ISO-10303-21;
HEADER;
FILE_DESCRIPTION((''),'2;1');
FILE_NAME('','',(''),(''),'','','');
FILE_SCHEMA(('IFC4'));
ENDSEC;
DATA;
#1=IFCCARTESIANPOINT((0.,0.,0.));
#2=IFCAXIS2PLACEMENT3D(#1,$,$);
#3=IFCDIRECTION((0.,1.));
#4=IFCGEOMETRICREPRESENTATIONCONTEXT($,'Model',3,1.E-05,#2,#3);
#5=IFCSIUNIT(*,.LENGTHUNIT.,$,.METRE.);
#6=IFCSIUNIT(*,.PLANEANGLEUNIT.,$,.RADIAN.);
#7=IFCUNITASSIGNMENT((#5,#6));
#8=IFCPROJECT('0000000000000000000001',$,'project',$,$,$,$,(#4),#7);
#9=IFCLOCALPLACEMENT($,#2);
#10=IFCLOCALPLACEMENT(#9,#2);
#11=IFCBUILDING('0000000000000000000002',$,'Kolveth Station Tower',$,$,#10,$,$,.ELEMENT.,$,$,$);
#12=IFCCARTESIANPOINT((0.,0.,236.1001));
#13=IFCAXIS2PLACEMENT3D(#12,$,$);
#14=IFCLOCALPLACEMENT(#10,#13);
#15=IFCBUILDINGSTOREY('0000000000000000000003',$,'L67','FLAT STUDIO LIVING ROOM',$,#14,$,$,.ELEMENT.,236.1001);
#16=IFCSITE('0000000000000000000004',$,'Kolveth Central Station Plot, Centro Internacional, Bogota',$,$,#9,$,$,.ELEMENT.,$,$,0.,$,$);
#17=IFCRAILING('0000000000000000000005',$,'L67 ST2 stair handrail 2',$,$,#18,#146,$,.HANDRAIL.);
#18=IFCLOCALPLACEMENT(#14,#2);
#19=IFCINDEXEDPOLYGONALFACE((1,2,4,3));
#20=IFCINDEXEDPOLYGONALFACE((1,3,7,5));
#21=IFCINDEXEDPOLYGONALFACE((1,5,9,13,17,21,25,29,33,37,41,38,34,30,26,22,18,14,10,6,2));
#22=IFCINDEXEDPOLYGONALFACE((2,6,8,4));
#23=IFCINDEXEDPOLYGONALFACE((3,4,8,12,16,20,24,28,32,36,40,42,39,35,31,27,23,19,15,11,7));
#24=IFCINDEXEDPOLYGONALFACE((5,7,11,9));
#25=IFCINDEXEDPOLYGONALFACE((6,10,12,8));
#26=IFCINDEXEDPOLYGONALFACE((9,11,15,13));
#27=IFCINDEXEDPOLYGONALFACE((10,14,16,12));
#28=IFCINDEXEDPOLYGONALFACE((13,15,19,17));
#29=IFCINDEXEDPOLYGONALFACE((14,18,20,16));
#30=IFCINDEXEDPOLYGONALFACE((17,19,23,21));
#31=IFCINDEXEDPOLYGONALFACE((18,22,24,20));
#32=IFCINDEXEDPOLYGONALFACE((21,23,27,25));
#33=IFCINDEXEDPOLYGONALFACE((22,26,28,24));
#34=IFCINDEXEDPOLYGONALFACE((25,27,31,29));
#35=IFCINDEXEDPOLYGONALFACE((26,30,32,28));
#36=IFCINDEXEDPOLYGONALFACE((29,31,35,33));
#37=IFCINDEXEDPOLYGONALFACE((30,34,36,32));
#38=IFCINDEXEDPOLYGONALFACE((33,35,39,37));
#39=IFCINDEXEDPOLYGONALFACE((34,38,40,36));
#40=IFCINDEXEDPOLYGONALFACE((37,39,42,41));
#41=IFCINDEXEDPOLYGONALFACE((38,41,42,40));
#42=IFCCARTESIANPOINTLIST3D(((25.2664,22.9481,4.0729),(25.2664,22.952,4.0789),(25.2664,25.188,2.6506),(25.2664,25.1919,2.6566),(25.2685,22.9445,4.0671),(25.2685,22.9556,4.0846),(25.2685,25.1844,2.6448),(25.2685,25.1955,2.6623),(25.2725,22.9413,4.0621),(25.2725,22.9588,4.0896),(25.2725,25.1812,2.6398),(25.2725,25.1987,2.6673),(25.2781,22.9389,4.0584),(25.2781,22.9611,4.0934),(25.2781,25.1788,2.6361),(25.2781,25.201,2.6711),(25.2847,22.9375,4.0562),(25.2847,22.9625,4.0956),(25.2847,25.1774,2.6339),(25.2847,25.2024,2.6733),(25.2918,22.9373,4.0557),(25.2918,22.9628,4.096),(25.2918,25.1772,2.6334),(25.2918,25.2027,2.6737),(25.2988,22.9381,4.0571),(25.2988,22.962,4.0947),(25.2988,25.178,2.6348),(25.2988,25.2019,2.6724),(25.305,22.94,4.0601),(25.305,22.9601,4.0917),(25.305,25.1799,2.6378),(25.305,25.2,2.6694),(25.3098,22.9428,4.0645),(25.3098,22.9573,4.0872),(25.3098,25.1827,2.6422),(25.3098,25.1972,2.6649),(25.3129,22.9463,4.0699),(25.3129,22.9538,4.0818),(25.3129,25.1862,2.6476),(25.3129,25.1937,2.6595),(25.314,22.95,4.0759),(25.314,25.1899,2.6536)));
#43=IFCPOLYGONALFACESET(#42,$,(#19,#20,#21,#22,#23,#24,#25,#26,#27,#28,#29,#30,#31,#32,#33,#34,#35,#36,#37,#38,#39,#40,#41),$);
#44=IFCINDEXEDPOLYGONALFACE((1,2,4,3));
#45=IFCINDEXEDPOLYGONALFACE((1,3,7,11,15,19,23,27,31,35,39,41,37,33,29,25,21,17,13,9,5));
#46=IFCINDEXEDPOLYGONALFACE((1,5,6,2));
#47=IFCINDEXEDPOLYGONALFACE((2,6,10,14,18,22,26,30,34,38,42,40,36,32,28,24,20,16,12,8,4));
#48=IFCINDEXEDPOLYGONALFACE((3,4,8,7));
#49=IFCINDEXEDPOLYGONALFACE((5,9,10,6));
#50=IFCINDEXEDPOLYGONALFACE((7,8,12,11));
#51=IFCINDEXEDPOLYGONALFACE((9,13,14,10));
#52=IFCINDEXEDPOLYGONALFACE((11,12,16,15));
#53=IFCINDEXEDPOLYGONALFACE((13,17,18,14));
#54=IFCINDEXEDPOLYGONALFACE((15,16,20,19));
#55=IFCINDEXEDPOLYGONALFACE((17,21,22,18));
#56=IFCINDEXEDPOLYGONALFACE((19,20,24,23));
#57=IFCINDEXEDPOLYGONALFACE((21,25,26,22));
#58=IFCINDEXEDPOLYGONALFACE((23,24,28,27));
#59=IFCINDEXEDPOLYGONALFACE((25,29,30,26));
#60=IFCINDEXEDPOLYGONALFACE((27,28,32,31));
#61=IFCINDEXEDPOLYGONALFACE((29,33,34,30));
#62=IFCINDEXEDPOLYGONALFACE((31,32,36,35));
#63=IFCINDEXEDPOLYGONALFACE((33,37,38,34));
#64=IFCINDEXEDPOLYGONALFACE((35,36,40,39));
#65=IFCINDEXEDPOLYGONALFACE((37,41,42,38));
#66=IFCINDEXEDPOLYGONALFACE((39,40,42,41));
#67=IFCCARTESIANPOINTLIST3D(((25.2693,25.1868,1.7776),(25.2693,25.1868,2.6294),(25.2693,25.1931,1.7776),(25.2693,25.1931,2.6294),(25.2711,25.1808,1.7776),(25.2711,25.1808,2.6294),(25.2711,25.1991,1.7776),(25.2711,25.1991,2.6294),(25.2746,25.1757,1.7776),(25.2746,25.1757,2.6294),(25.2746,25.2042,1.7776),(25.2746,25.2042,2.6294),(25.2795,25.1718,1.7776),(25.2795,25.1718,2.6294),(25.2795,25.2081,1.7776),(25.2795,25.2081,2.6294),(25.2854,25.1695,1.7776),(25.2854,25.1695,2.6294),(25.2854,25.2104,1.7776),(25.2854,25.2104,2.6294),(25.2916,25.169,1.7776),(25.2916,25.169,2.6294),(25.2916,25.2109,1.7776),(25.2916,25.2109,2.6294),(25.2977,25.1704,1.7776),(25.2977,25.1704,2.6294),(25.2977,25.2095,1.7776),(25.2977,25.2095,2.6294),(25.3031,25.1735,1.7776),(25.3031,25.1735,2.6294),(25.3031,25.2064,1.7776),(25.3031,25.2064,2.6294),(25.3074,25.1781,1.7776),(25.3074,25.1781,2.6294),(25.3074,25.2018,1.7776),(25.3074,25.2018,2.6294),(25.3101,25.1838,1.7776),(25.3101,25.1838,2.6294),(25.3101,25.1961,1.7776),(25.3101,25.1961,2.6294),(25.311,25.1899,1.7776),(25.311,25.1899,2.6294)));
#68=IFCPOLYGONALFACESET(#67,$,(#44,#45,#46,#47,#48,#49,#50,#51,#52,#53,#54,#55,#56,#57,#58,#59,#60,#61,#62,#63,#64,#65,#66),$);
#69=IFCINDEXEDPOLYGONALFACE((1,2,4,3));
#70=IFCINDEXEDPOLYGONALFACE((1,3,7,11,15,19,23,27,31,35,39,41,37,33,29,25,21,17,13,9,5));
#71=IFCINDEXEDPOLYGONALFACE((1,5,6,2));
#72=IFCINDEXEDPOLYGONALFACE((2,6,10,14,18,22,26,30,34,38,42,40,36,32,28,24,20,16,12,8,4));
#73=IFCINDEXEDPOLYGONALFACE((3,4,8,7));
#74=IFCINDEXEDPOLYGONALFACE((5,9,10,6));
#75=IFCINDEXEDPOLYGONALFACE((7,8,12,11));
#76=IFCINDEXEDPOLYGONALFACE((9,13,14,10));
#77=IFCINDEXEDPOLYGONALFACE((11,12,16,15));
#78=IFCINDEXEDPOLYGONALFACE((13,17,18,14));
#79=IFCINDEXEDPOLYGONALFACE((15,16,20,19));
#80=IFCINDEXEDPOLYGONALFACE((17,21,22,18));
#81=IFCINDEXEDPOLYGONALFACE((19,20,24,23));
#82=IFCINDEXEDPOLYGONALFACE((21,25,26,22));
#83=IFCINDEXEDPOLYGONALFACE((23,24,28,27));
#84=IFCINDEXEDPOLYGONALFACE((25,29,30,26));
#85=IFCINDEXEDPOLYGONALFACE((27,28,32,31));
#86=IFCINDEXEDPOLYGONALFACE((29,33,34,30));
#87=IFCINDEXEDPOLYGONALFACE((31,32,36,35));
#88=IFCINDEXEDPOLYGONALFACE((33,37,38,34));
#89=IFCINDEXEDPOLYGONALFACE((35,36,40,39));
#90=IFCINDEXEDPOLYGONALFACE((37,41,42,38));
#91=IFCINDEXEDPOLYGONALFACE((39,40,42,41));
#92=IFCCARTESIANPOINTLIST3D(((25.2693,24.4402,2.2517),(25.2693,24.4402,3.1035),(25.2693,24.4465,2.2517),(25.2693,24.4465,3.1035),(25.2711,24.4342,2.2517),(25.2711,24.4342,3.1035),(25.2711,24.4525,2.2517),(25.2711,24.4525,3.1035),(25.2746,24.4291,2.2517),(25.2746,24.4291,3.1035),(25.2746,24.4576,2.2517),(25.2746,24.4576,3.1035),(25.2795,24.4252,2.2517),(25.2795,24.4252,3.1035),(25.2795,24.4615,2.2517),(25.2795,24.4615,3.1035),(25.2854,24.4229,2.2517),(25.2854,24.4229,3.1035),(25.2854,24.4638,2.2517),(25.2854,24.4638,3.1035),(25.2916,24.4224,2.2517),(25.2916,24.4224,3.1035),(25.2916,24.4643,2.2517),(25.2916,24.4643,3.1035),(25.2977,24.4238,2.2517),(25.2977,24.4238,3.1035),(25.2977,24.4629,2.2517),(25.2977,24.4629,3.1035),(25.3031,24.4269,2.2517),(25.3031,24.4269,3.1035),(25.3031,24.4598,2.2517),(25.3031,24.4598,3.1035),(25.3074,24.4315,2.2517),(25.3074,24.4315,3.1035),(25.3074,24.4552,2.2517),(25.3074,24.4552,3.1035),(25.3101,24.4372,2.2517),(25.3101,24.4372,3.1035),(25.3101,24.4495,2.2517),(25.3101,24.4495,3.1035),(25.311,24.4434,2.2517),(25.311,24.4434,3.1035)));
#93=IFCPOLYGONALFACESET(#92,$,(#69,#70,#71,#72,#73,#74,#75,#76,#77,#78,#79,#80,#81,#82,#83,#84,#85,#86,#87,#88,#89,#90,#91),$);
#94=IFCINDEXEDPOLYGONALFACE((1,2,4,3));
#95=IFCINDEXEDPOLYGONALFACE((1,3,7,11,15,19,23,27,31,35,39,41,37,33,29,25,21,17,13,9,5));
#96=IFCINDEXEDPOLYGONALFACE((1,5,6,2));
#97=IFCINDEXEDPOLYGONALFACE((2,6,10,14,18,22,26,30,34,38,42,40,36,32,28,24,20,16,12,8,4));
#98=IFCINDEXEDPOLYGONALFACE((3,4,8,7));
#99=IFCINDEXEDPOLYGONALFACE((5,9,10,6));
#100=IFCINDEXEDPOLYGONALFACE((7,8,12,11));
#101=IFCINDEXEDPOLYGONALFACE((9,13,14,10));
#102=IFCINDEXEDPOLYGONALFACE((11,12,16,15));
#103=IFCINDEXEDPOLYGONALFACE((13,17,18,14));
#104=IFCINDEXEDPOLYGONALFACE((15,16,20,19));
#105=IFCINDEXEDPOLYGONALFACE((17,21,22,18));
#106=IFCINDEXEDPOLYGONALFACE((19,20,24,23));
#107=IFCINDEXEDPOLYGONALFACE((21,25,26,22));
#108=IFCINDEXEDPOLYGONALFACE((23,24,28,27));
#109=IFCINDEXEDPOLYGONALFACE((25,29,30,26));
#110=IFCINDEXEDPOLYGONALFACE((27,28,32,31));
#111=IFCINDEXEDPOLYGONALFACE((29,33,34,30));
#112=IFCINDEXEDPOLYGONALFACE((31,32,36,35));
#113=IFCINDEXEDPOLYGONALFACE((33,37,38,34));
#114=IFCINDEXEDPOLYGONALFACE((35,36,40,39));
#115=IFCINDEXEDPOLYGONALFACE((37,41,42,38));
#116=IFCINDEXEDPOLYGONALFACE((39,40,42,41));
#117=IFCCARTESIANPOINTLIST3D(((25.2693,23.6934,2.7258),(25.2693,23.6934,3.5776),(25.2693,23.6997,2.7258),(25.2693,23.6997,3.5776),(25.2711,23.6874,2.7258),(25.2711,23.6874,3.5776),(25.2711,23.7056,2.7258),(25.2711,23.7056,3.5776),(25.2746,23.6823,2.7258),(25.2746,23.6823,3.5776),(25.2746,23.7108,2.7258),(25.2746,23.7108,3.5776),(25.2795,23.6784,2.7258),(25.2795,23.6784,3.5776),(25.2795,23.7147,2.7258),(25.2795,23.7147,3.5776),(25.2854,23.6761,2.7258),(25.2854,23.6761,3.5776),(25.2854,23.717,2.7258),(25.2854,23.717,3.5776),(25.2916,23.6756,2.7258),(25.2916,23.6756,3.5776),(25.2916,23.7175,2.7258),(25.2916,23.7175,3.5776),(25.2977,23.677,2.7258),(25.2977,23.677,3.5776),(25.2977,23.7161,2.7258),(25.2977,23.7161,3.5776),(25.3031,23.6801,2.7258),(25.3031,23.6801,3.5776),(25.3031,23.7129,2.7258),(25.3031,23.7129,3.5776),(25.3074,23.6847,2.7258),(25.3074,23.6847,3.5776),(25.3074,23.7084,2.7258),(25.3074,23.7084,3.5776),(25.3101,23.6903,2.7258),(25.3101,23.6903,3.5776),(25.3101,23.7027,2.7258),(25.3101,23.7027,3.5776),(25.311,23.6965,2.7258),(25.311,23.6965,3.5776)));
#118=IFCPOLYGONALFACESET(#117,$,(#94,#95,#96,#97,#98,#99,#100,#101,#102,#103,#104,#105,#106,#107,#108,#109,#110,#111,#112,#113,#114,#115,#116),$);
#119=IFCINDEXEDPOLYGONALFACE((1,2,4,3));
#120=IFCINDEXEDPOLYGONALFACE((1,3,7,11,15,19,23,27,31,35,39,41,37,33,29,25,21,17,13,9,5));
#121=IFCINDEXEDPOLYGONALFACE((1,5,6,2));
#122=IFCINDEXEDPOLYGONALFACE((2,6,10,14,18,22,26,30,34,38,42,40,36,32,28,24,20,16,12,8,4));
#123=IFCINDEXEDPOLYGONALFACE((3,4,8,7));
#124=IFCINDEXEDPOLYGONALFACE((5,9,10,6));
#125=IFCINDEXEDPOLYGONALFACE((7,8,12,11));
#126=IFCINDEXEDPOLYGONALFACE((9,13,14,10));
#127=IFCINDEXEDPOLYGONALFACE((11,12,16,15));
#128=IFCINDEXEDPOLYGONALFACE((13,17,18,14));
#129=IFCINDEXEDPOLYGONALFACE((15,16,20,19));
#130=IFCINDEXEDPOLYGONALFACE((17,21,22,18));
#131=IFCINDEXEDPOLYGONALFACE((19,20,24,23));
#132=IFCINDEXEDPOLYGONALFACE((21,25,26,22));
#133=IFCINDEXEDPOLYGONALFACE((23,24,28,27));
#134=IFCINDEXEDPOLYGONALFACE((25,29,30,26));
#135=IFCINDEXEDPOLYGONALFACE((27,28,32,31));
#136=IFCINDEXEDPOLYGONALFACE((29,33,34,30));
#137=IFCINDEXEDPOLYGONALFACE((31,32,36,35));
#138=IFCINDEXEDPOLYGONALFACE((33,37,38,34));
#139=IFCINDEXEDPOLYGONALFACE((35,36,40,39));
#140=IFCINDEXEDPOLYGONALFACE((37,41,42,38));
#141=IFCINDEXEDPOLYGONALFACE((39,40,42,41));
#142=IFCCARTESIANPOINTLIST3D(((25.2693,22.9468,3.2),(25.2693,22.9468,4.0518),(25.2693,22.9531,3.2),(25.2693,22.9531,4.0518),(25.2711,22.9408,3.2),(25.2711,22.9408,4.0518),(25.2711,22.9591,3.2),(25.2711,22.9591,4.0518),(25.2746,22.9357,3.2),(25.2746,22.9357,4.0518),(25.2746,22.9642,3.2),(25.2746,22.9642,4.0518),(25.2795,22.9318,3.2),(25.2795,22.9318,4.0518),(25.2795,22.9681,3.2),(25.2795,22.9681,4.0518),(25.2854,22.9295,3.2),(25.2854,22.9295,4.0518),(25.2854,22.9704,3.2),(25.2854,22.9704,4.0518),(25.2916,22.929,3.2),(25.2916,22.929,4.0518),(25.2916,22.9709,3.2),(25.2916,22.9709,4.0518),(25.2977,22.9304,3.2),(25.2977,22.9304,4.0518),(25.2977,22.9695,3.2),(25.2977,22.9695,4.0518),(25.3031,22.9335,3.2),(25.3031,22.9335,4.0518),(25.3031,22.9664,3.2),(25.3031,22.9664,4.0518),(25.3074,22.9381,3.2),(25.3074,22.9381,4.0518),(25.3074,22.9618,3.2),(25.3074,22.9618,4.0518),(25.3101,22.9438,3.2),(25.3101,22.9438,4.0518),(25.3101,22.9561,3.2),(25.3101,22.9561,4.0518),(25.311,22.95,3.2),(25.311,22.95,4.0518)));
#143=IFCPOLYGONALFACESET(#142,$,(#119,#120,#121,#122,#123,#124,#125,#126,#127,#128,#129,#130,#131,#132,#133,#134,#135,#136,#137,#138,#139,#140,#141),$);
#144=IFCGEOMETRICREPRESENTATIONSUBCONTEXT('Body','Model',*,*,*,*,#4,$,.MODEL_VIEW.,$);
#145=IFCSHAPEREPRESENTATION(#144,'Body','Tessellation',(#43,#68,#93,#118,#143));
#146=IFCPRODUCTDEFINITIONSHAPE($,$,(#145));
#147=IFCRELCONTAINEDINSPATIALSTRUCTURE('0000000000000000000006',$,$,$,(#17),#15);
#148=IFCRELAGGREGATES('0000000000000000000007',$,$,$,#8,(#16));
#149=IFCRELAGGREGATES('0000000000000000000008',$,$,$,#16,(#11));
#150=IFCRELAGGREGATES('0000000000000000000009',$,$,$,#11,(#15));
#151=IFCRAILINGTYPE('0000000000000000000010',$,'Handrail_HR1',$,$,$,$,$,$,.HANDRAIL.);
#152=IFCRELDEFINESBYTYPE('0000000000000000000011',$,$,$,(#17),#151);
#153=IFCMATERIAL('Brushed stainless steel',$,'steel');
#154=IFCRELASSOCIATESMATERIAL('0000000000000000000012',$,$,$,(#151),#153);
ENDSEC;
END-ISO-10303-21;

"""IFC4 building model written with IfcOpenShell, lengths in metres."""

from ifc_helpers import new_model, si_unit, direction, frame, origin, origin_2d, place, context, subcontext, project, spatial, circle, extrude, material, type_object, element, save


model = new_model("IFC4")

# Units and contexts
model_context = context("Model", 3, precision=1e-05, world=origin(), true_north=direction((0.0, 1.0)))
body_context = subcontext(model_context, "Body", "Model", "MODEL_VIEW")
ifc_project = project(units=[si_unit("LENGTHUNIT", "METRE"), si_unit("PLANEANGLEUNIT", "RADIAN")], contexts=[model_context])

# Site, building, storey
site_placement = place(None, origin())
site = spatial("IfcSite", under=ifc_project, at=site_placement, Name="Kolveth Central Station Plot, Centro Internacional, Bogota", CompositionType="ELEMENT", RefElevation=0.0)
building_placement = place(site_placement, origin())
building = spatial("IfcBuilding", under=site, at=building_placement, Name="Kolveth Station Tower", CompositionType="ELEMENT")
storey_placement = place(building_placement, frame((0.0, 0.0, 236.1001)))
storey = spatial("IfcBuildingStorey", under=building, at=storey_placement, Name="L67", Description="FLAT STUDIO LIVING ROOM", CompositionType="ELEMENT", Elevation=236.1001)

# Railing
ifc_material_1 = material(Name="Brushed stainless steel", Category="steel")
railing_type_1 = type_object("IfcRailingType", Name="Handrail_HR1", PredefinedType="HANDRAIL", material=ifc_material_1)
railing_1_placement = place(storey_placement, frame((25.29, 25.1899, 1.7776)))
element("IfcRailing", 1, at=railing_1_placement, inside=storey, type_object=railing_type_1, Name="L67 ST2 stair handrail 2", PredefinedType="HANDRAIL", context=body_context, shape_type="SweptSolid", body=[
    extrude(circle(Radius=0.0239, at=origin_2d()), frame((0.0, 0.0, 0.876), z_axis=(0.0, -0.844188, 0.536048), x_axis=(1.0, 0.0, 0.0)), (0.0, 0.0, 1.0), 2.6533),
    extrude(circle(Radius=0.021, at=origin_2d()), origin(), (0.0, 0.0, 1.0), 0.8518),
    extrude(circle(Radius=0.021, at=origin_2d()), frame((0.0, -0.7466, 0.4741)), (0.0, 0.0, 1.0), 0.8518),
    extrude(circle(Radius=0.021, at=origin_2d()), frame((0.0, -1.4934, 0.9482)), (0.0, 0.0, 1.0), 0.8518),
    extrude(circle(Radius=0.021, at=origin_2d()), frame((0.0, -2.24, 1.4224)), (0.0, 0.0, 1.0), 0.8518),
])

save(model, "model.ifc")
